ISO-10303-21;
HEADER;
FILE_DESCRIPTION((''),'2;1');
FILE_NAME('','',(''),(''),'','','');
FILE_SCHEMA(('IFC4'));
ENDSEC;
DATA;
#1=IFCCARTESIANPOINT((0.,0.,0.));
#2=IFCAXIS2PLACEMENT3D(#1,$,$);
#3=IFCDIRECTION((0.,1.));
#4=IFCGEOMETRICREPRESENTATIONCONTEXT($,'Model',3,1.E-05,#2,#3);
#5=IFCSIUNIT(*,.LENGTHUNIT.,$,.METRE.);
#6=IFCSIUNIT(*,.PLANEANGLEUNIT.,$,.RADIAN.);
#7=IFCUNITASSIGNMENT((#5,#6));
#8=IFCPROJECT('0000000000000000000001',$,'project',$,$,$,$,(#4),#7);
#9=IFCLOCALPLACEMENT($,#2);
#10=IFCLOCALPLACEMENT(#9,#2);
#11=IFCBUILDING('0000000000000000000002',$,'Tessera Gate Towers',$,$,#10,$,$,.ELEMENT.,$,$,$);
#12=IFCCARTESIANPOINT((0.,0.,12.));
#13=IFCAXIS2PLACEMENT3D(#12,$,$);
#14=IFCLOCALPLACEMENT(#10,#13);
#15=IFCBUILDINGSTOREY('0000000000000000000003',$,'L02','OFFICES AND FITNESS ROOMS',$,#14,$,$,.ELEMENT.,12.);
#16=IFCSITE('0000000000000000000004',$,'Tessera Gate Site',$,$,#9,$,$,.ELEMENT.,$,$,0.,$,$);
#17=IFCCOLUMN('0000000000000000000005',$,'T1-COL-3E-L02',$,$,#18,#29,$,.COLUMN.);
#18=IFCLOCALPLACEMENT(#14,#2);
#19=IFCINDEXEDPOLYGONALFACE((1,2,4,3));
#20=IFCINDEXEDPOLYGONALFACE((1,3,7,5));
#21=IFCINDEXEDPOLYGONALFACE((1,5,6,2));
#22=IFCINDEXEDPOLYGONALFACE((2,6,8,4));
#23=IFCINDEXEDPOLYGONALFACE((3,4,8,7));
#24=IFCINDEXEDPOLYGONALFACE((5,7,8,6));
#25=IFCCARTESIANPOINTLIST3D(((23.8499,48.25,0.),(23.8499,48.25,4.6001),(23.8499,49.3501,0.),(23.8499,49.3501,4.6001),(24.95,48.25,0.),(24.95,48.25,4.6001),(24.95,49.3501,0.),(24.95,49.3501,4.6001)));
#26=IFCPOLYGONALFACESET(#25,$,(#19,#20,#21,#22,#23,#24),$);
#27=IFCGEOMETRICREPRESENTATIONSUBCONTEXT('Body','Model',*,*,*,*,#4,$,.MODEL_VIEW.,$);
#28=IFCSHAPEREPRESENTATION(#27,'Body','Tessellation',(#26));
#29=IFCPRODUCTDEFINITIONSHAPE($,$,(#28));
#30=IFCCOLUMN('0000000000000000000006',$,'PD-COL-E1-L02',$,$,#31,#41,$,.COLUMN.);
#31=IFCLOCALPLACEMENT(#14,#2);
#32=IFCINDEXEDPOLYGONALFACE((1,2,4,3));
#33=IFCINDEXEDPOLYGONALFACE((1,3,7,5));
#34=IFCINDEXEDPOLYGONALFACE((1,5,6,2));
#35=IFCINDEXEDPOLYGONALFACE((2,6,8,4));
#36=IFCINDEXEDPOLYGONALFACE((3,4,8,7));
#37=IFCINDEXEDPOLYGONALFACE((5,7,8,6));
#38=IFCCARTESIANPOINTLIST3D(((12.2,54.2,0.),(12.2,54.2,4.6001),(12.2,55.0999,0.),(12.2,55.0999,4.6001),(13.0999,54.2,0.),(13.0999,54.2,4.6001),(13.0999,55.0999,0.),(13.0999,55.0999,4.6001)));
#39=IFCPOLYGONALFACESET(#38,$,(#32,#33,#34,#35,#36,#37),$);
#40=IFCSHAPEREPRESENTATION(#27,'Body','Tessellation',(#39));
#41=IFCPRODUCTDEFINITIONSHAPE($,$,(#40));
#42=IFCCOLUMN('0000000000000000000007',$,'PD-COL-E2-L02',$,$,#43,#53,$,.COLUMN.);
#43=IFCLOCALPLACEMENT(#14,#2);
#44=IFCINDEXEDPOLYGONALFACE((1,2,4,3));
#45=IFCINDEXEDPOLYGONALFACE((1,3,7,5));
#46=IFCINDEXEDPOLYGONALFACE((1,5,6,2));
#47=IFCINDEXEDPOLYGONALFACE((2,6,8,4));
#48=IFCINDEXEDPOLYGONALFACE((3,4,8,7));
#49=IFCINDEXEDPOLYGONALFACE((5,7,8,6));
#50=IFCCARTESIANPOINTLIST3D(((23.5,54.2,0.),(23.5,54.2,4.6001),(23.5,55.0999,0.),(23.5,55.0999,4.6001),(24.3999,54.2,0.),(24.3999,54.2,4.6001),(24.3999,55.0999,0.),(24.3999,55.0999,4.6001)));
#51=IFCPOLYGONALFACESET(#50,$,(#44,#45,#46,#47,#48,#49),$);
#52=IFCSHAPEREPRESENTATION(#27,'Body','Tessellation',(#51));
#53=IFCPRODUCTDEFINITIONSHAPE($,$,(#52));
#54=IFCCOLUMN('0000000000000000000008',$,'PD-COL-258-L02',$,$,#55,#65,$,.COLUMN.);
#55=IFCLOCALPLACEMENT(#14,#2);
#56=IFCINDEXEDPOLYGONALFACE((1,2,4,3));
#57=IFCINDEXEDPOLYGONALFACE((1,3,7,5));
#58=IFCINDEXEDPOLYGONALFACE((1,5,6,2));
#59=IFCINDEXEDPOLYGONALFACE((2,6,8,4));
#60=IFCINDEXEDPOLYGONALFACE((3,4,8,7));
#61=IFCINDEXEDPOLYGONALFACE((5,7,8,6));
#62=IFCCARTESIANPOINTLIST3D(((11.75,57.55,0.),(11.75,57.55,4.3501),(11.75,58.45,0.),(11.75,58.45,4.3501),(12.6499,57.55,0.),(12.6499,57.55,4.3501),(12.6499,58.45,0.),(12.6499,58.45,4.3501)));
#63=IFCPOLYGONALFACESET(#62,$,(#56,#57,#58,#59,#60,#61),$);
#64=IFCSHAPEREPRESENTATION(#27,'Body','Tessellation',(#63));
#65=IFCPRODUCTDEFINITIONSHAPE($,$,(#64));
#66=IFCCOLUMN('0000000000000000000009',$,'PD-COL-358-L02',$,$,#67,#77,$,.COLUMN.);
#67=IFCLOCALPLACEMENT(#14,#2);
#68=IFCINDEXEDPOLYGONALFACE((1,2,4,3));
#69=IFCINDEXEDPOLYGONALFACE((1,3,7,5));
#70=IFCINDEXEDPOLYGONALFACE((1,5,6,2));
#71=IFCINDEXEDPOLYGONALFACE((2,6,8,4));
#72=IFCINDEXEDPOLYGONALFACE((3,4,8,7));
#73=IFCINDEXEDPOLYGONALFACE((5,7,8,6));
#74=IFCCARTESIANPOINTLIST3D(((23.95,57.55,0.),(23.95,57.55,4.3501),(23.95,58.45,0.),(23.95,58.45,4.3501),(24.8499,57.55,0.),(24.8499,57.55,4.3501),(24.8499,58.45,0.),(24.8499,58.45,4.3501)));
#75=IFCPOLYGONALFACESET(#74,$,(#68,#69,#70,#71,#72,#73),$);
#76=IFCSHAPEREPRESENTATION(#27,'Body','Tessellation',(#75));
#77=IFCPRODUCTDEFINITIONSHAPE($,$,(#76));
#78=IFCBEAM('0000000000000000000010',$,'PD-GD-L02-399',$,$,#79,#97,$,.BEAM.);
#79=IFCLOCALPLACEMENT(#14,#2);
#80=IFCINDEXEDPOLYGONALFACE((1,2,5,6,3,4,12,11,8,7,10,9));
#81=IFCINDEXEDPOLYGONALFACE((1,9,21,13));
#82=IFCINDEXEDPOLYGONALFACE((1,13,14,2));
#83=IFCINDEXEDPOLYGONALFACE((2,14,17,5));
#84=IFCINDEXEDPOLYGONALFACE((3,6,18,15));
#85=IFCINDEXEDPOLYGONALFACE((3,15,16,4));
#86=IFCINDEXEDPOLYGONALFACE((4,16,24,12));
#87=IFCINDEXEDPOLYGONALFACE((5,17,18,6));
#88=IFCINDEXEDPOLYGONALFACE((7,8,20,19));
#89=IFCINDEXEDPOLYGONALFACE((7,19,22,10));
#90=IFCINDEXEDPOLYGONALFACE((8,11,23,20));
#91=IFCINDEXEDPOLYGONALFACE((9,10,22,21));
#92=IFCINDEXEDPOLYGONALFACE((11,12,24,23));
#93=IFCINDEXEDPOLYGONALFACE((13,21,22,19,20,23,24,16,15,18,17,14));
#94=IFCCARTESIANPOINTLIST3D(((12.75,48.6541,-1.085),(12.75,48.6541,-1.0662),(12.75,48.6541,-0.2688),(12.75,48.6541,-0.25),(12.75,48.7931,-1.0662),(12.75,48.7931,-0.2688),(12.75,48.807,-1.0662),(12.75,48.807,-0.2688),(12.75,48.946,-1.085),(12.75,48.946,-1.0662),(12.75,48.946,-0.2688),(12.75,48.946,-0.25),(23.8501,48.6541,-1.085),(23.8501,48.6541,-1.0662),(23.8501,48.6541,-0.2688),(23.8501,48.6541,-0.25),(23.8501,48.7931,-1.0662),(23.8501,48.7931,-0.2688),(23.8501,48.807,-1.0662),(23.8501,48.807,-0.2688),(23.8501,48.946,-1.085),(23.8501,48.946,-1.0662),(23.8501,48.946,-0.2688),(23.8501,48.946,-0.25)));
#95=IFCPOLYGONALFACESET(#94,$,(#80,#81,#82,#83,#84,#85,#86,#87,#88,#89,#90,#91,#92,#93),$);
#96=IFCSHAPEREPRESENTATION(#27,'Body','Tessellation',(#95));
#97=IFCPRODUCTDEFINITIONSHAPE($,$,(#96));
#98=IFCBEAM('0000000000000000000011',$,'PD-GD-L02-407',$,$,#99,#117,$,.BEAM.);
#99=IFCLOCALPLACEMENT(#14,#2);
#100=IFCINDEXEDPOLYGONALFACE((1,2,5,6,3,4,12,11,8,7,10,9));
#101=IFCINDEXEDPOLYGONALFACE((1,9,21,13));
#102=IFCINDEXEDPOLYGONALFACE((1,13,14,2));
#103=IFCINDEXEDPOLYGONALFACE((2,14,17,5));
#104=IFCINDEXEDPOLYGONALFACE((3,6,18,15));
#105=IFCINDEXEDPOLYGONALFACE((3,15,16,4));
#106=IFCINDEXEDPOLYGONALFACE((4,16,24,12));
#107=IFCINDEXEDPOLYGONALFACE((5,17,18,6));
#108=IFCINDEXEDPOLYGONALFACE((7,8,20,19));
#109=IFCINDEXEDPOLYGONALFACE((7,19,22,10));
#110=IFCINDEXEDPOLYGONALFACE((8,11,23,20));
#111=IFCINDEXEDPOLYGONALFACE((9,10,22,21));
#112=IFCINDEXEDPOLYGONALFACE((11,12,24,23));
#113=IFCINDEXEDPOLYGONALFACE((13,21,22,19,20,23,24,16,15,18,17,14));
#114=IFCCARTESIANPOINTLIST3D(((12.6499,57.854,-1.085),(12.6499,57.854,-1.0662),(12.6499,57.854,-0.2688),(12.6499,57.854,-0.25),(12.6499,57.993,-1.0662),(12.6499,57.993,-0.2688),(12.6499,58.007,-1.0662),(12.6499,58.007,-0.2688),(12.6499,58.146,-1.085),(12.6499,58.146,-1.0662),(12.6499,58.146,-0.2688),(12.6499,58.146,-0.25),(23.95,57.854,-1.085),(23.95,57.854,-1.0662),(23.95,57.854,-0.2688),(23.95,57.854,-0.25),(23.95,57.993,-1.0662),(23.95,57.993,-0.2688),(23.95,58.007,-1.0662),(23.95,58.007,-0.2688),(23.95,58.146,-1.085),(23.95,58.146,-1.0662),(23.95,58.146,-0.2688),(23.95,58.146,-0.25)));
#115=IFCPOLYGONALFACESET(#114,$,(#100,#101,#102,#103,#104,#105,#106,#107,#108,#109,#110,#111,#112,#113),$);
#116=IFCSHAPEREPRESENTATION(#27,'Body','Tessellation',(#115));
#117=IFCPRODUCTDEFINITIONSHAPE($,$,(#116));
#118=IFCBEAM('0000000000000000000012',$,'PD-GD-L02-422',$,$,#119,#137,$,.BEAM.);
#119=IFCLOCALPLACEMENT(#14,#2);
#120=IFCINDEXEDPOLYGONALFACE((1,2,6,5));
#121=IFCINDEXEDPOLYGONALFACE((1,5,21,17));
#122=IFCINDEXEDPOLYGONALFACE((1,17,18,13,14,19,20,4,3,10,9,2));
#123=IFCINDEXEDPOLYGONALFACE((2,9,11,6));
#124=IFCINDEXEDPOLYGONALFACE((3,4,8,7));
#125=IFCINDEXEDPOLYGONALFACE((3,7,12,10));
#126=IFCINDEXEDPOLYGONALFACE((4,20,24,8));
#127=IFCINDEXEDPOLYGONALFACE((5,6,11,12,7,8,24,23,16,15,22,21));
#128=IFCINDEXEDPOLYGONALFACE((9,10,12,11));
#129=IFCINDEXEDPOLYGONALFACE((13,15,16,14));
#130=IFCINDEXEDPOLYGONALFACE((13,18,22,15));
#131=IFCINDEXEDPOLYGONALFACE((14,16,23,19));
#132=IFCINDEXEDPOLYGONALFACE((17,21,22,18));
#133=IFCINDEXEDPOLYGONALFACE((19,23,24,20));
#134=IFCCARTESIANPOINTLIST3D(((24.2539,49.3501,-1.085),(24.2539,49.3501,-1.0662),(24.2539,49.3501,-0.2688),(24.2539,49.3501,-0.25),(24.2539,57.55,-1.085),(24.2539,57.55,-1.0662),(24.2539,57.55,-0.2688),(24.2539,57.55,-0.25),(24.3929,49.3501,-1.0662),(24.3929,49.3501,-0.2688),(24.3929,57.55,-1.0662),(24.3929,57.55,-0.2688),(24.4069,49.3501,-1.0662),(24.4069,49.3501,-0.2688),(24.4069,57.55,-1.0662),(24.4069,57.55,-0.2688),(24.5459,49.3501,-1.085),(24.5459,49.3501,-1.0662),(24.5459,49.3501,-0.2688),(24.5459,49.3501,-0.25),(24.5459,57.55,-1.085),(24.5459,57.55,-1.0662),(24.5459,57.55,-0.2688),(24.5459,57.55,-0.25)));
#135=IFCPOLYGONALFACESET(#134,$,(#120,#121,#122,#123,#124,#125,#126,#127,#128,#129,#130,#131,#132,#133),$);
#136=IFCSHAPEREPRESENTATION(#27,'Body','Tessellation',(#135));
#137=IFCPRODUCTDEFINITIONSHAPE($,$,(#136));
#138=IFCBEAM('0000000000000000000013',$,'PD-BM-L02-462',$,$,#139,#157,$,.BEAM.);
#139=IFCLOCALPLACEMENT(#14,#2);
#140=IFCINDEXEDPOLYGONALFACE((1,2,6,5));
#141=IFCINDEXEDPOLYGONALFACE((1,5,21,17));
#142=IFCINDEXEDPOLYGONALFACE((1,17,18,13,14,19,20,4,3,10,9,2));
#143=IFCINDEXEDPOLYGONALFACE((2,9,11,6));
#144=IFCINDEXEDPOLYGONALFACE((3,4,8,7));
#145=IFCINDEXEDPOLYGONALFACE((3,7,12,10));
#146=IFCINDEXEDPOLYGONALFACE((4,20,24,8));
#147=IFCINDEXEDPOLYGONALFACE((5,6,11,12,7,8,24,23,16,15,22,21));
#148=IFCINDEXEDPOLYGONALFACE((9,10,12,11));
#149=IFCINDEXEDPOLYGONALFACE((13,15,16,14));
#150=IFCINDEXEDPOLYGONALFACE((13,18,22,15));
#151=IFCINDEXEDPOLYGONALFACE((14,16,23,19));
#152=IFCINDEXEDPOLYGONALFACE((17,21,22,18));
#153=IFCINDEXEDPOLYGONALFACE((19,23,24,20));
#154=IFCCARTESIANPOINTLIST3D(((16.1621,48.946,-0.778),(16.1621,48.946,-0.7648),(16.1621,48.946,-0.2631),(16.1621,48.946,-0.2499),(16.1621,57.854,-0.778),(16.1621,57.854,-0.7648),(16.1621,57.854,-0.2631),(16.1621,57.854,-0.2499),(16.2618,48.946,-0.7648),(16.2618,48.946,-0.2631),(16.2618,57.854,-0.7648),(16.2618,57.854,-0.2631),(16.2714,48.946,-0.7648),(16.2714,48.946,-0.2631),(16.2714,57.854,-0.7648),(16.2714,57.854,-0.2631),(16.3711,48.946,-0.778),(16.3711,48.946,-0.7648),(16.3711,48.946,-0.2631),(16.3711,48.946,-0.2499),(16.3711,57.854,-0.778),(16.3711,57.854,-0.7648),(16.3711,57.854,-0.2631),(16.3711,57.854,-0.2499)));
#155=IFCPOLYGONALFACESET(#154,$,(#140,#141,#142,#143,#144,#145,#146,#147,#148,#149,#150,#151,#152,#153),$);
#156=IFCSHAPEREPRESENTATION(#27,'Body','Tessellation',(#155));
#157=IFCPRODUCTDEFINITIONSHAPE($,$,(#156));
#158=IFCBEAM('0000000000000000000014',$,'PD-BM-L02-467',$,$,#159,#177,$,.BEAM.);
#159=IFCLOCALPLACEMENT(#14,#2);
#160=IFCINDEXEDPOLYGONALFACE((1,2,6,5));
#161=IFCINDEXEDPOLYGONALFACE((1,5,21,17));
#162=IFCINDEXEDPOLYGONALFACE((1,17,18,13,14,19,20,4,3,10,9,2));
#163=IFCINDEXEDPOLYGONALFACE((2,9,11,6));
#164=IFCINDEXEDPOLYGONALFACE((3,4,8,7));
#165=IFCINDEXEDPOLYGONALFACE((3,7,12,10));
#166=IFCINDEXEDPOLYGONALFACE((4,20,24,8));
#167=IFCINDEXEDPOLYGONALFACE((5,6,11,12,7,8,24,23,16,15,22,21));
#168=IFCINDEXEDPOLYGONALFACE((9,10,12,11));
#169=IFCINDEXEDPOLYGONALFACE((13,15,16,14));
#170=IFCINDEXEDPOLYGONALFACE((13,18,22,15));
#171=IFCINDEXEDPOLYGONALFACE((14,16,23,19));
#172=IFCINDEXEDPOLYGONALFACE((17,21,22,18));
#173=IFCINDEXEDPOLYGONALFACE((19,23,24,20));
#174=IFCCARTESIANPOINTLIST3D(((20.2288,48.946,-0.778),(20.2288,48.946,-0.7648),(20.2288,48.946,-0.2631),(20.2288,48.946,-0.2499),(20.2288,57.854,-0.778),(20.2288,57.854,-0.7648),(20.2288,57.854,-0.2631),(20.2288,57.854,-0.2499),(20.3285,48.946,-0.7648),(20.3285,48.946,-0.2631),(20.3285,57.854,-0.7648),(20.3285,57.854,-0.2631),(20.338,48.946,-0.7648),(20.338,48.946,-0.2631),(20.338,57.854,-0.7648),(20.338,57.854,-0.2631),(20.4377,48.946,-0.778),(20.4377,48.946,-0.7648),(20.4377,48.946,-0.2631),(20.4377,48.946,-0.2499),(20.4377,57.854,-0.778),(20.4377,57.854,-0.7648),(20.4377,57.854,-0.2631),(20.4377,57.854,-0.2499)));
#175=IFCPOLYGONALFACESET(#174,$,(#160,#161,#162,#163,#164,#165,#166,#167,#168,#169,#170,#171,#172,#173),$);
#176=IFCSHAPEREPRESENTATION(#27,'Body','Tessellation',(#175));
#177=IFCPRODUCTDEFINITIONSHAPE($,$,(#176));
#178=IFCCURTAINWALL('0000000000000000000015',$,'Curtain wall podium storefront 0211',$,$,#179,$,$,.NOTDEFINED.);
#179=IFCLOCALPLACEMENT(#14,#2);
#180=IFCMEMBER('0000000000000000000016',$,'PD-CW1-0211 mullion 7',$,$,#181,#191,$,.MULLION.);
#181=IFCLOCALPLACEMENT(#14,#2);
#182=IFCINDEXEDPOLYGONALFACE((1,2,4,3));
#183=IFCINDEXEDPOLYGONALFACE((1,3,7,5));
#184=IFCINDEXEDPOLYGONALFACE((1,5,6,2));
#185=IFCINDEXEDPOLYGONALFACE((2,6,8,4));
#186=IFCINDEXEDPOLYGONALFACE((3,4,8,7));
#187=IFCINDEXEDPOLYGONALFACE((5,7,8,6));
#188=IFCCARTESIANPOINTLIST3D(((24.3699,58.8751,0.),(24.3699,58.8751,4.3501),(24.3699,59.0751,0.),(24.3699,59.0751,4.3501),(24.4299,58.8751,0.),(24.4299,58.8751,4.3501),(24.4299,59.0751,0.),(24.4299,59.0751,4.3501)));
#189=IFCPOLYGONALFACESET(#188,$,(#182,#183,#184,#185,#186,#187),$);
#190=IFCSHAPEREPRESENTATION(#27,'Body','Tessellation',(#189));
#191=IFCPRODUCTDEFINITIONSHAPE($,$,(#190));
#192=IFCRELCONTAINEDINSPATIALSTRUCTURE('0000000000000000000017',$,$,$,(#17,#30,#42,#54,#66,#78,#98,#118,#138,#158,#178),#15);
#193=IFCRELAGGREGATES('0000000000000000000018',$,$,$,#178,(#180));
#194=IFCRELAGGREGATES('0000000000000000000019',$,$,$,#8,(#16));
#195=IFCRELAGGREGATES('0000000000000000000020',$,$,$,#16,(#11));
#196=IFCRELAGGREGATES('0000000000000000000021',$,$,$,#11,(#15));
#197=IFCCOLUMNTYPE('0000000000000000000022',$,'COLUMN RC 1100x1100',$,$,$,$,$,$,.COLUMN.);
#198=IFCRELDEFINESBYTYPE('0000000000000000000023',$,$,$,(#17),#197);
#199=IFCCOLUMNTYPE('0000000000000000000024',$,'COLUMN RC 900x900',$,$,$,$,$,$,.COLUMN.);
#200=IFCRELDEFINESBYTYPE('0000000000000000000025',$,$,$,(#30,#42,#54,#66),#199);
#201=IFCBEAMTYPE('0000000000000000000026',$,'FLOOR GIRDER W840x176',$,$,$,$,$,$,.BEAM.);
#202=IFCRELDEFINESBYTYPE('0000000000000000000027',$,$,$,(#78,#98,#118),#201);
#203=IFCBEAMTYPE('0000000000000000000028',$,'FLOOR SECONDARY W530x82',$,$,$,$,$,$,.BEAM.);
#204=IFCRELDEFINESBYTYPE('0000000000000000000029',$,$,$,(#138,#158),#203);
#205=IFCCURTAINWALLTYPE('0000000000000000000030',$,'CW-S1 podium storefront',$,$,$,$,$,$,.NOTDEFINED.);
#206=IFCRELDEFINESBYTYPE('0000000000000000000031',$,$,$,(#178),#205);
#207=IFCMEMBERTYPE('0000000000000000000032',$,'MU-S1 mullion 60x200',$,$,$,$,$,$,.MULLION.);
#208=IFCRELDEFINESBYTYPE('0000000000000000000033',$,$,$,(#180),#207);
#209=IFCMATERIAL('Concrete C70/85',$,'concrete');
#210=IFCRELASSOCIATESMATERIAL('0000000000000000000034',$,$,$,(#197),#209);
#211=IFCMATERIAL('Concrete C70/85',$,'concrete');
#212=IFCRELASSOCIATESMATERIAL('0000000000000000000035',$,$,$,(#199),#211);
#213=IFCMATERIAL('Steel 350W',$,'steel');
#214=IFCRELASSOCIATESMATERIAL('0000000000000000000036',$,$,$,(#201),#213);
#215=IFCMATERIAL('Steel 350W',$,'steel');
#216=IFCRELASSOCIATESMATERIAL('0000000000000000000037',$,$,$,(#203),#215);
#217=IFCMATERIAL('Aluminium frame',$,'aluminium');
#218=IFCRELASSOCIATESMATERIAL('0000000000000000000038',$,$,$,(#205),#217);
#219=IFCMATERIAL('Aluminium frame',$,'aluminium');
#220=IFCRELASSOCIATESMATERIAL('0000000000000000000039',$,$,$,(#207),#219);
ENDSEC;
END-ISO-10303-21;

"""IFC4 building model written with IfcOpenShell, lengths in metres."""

from ifc_helpers import new_model, si_unit, direction, frame, origin, origin_2d, place, context, subcontext, project, spatial, rectangle, i_section, extrude, material, material_profile, profile_set, type_object, element, aggregate, save


model = new_model("IFC4")

# Units and contexts
model_context = context("Model", 3, precision=1e-05, world=origin(), true_north=direction((0.0, 1.0)))
body_context = subcontext(model_context, "Body", "Model", "MODEL_VIEW")
ifc_project = project(units=[si_unit("LENGTHUNIT", "METRE"), si_unit("PLANEANGLEUNIT", "RADIAN")], contexts=[model_context])

# Site, building, storey
site_placement = place(None, origin())
site = spatial("IfcSite", under=ifc_project, at=site_placement, Name="Tessera Gate Site", CompositionType="ELEMENT", RefElevation=0.0)
building_placement = place(site_placement, origin())
building = spatial("IfcBuilding", under=site, at=building_placement, Name="Tessera Gate Towers", CompositionType="ELEMENT")
storey_placement = place(building_placement, frame((0.0, 0.0, 12.0)))
storey = spatial("IfcBuildingStorey", under=building, at=storey_placement, Name="L02", Description="OFFICES AND FITNESS ROOMS", CompositionType="ELEMENT", Elevation=12.0)

# Columns
ifc_material_1 = material(Name="Concrete C70/85", Category="concrete")
ifc_material_profile_1 = material_profile(ifc_material_1, rectangle(XDim=1.1001, YDim=1.1001, at=origin_2d()), Name="RC 1100x1100")
ifc_profile_set_1 = profile_set([ifc_material_profile_1], Name="Concrete C70/85")
column_type_1 = type_object("IfcColumnType", Name="COLUMN RC 1100x1100", PredefinedType="COLUMN", material=ifc_profile_set_1)
column_placement = place(storey_placement, frame((24.3999, 48.8, 0.0), z_axis=(0.0, 0.0, 1.0), x_axis=(1.0, 0.0, 0.0)))
element("IfcColumn", 1, at=column_placement, inside=storey, type_object=column_type_1, Name="T1-COL-3E-L02", PredefinedType="COLUMN", context=body_context, shape_type="SweptSolid", body=[
    extrude(rectangle(XDim=1.1001, YDim=1.1001, at=origin_2d()), origin(), (0.0, 0.0, 1.0), 4.6001),
])
ifc_material_2 = material(Name="Concrete C70/85", Category="concrete")
ifc_material_profile_2 = material_profile(ifc_material_2, rectangle(XDim=0.8999, YDim=0.8999, at=origin_2d()), Name="RC 900x900")
ifc_profile_set_2 = profile_set([ifc_material_profile_2], Name="Concrete C70/85")
column_type_2 = type_object("IfcColumnType", Name="COLUMN RC 900x900", PredefinedType="COLUMN", material=ifc_profile_set_2)
for number, where, z_axis, x_axis, name in (
    (2, (12.6499, 54.6499, 0.0), (0.0, 0.0, 1.0), (1.0, 0.0, 0.0), "PD-COL-E1-L02"),
    (3, (23.95, 54.6499, 0.0), (0.0, 0.0, 1.0), (1.0, 0.0, 0.0), "PD-COL-E2-L02"),
):
    element("IfcColumn", number, at=place(storey_placement, frame(where, z_axis=z_axis, x_axis=x_axis)), inside=storey, type_object=column_type_2, Name=name, PredefinedType="COLUMN", context=body_context, shape_type="SweptSolid", body=[
        extrude(rectangle(XDim=0.8999, YDim=0.8999, at=origin_2d()), origin(), (0.0, 0.0, 1.0), 4.6001),
    ])
for number, where, z_axis, x_axis, name in (
    (4, (12.2, 58.0, 0.0), (0.0, 0.0, 1.0), (1.0, 0.0, 0.0), "PD-COL-258-L02"),
    (5, (24.3999, 58.0, 0.0), (0.0, 0.0, 1.0), (1.0, 0.0, 0.0), "PD-COL-358-L02"),
):
    element("IfcColumn", number, at=place(storey_placement, frame(where, z_axis=z_axis, x_axis=x_axis)), inside=storey, type_object=column_type_2, Name=name, PredefinedType="COLUMN", context=body_context, shape_type="SweptSolid", body=[
        extrude(rectangle(XDim=0.8999, YDim=0.8999, at=origin_2d()), origin(), (0.0, 0.0, 1.0), 4.3501),
    ])

# Beams
ifc_material_3 = material(Name="Steel 350W", Category="steel")
ifc_material_profile_3 = material_profile(ifc_material_3, i_section(OverallWidth=0.292, OverallDepth=0.835, WebThickness=0.0139, FlangeThickness=0.0188, at=origin_2d()), Name="W840x176")
ifc_profile_set_3 = profile_set([ifc_material_profile_3], Name="Steel 350W")
beam_type_1 = type_object("IfcBeamType", Name="FLOOR GIRDER W840x176", PredefinedType="BEAM", material=ifc_profile_set_3)
beam_1_placement = place(storey_placement, frame((12.75, 48.8, -0.6675), z_axis=(1.0, 0.0, 0.0), x_axis=(0.0, 1.0, 0.0)))
element("IfcBeam", 6, at=beam_1_placement, inside=storey, type_object=beam_type_1, Name="PD-GD-L02-399", PredefinedType="BEAM", context=body_context, shape_type="SweptSolid", body=[
    extrude(i_section(OverallWidth=0.292, OverallDepth=0.835, WebThickness=0.0139, FlangeThickness=0.0188, at=origin_2d()), origin(), (0.0, 0.0, 1.0), 11.1001),
])
beam_2_placement = place(storey_placement, frame((12.6499, 58.0, -0.6675), z_axis=(1.0, 0.0, 0.0), x_axis=(0.0, 1.0, 0.0)))
element("IfcBeam", 7, at=beam_2_placement, inside=storey, type_object=beam_type_1, Name="PD-GD-L02-407", PredefinedType="BEAM", context=body_context, shape_type="SweptSolid", body=[
    extrude(i_section(OverallWidth=0.292, OverallDepth=0.835, WebThickness=0.0139, FlangeThickness=0.0188, at=origin_2d()), origin(), (0.0, 0.0, 1.0), 11.3),
])
beam_3_placement = place(storey_placement, frame((24.3999, 49.3501, -0.6675), z_axis=(0.0, 1.0, 0.0), x_axis=(-1.0, 0.0, 0.0)))
element("IfcBeam", 8, at=beam_3_placement, inside=storey, type_object=beam_type_1, Name="PD-GD-L02-422", PredefinedType="BEAM", context=body_context, shape_type="SweptSolid", body=[
    extrude(i_section(OverallWidth=0.292, OverallDepth=0.835, WebThickness=0.0139, FlangeThickness=0.0188, at=origin_2d()), origin(), (0.0, 0.0, 1.0), 8.2),
])
ifc_material_4 = material(Name="Steel 350W", Category="steel")
ifc_material_profile_4 = material_profile(ifc_material_4, i_section(OverallWidth=0.209, OverallDepth=0.5281, WebThickness=0.0095, FlangeThickness=0.0132, at=origin_2d()), Name="W530x82")
ifc_profile_set_4 = profile_set([ifc_material_profile_4], Name="Steel 350W")
beam_type_2 = type_object("IfcBeamType", Name="FLOOR SECONDARY W530x82", PredefinedType="BEAM", material=ifc_profile_set_4)
for number, where, z_axis, x_axis, name in (
    (9, (16.2666, 48.946, -0.5139), (0.0, 1.0, 0.0), (-1.0, 0.0, 0.0), "PD-BM-L02-462"),
    (10, (20.3333, 48.946, -0.5139), (0.0, 1.0, 0.0), (-1.0, 0.0, 0.0), "PD-BM-L02-467"),
):
    element("IfcBeam", number, at=place(storey_placement, frame(where, z_axis=z_axis, x_axis=x_axis)), inside=storey, type_object=beam_type_2, Name=name, PredefinedType="BEAM", context=body_context, shape_type="SweptSolid", body=[
        extrude(i_section(OverallWidth=0.209, OverallDepth=0.5281, WebThickness=0.0095, FlangeThickness=0.0132, at=origin_2d()), origin(), (0.0, 0.0, 1.0), 8.908),
    ])

# Curtain wall, member
ifc_material_5 = material(Name="Aluminium frame", Category="aluminium")
curtain_wall_type = type_object("IfcCurtainWallType", Name="CW-S1 podium storefront", PredefinedType="NOTDEFINED", material=ifc_material_5)
curtain_wall_placement = place(storey_placement, origin())
curtain_wall = element("IfcCurtainWall", 11, at=curtain_wall_placement, inside=storey, type_object=curtain_wall_type, Name="Curtain wall podium storefront 0211", PredefinedType="NOTDEFINED")
ifc_material_6 = material(Name="Aluminium frame", Category="aluminium")
ifc_material_profile_5 = material_profile(ifc_material_6, rectangle(XDim=0.0601, YDim=0.2, at=origin_2d()), Name="AL 60x200")
ifc_profile_set_5 = profile_set([ifc_material_profile_5], Name="Aluminium frame")
member_type_1 = type_object("IfcMemberType", Name="MU-S1 mullion 60x200", PredefinedType="MULLION", material=ifc_profile_set_5)
member_1_placement = place(storey_placement, frame((24.3999, 58.9751, 0.0), z_axis=(0.0, 0.0, 1.0), x_axis=(-1.0, 0.0, 0.0)))
member_1 = element("IfcMember", 12, at=member_1_placement, type_object=member_type_1, Name="PD-CW1-0211 mullion 7", PredefinedType="MULLION", context=body_context, shape_type="SweptSolid", body=[
    extrude(rectangle(XDim=0.0601, YDim=0.2, at=origin_2d()), origin(), (0.0, 0.0, 1.0), 4.3501),
])
aggregate(curtain_wall, [member_1])

save(model, "model.ifc")
